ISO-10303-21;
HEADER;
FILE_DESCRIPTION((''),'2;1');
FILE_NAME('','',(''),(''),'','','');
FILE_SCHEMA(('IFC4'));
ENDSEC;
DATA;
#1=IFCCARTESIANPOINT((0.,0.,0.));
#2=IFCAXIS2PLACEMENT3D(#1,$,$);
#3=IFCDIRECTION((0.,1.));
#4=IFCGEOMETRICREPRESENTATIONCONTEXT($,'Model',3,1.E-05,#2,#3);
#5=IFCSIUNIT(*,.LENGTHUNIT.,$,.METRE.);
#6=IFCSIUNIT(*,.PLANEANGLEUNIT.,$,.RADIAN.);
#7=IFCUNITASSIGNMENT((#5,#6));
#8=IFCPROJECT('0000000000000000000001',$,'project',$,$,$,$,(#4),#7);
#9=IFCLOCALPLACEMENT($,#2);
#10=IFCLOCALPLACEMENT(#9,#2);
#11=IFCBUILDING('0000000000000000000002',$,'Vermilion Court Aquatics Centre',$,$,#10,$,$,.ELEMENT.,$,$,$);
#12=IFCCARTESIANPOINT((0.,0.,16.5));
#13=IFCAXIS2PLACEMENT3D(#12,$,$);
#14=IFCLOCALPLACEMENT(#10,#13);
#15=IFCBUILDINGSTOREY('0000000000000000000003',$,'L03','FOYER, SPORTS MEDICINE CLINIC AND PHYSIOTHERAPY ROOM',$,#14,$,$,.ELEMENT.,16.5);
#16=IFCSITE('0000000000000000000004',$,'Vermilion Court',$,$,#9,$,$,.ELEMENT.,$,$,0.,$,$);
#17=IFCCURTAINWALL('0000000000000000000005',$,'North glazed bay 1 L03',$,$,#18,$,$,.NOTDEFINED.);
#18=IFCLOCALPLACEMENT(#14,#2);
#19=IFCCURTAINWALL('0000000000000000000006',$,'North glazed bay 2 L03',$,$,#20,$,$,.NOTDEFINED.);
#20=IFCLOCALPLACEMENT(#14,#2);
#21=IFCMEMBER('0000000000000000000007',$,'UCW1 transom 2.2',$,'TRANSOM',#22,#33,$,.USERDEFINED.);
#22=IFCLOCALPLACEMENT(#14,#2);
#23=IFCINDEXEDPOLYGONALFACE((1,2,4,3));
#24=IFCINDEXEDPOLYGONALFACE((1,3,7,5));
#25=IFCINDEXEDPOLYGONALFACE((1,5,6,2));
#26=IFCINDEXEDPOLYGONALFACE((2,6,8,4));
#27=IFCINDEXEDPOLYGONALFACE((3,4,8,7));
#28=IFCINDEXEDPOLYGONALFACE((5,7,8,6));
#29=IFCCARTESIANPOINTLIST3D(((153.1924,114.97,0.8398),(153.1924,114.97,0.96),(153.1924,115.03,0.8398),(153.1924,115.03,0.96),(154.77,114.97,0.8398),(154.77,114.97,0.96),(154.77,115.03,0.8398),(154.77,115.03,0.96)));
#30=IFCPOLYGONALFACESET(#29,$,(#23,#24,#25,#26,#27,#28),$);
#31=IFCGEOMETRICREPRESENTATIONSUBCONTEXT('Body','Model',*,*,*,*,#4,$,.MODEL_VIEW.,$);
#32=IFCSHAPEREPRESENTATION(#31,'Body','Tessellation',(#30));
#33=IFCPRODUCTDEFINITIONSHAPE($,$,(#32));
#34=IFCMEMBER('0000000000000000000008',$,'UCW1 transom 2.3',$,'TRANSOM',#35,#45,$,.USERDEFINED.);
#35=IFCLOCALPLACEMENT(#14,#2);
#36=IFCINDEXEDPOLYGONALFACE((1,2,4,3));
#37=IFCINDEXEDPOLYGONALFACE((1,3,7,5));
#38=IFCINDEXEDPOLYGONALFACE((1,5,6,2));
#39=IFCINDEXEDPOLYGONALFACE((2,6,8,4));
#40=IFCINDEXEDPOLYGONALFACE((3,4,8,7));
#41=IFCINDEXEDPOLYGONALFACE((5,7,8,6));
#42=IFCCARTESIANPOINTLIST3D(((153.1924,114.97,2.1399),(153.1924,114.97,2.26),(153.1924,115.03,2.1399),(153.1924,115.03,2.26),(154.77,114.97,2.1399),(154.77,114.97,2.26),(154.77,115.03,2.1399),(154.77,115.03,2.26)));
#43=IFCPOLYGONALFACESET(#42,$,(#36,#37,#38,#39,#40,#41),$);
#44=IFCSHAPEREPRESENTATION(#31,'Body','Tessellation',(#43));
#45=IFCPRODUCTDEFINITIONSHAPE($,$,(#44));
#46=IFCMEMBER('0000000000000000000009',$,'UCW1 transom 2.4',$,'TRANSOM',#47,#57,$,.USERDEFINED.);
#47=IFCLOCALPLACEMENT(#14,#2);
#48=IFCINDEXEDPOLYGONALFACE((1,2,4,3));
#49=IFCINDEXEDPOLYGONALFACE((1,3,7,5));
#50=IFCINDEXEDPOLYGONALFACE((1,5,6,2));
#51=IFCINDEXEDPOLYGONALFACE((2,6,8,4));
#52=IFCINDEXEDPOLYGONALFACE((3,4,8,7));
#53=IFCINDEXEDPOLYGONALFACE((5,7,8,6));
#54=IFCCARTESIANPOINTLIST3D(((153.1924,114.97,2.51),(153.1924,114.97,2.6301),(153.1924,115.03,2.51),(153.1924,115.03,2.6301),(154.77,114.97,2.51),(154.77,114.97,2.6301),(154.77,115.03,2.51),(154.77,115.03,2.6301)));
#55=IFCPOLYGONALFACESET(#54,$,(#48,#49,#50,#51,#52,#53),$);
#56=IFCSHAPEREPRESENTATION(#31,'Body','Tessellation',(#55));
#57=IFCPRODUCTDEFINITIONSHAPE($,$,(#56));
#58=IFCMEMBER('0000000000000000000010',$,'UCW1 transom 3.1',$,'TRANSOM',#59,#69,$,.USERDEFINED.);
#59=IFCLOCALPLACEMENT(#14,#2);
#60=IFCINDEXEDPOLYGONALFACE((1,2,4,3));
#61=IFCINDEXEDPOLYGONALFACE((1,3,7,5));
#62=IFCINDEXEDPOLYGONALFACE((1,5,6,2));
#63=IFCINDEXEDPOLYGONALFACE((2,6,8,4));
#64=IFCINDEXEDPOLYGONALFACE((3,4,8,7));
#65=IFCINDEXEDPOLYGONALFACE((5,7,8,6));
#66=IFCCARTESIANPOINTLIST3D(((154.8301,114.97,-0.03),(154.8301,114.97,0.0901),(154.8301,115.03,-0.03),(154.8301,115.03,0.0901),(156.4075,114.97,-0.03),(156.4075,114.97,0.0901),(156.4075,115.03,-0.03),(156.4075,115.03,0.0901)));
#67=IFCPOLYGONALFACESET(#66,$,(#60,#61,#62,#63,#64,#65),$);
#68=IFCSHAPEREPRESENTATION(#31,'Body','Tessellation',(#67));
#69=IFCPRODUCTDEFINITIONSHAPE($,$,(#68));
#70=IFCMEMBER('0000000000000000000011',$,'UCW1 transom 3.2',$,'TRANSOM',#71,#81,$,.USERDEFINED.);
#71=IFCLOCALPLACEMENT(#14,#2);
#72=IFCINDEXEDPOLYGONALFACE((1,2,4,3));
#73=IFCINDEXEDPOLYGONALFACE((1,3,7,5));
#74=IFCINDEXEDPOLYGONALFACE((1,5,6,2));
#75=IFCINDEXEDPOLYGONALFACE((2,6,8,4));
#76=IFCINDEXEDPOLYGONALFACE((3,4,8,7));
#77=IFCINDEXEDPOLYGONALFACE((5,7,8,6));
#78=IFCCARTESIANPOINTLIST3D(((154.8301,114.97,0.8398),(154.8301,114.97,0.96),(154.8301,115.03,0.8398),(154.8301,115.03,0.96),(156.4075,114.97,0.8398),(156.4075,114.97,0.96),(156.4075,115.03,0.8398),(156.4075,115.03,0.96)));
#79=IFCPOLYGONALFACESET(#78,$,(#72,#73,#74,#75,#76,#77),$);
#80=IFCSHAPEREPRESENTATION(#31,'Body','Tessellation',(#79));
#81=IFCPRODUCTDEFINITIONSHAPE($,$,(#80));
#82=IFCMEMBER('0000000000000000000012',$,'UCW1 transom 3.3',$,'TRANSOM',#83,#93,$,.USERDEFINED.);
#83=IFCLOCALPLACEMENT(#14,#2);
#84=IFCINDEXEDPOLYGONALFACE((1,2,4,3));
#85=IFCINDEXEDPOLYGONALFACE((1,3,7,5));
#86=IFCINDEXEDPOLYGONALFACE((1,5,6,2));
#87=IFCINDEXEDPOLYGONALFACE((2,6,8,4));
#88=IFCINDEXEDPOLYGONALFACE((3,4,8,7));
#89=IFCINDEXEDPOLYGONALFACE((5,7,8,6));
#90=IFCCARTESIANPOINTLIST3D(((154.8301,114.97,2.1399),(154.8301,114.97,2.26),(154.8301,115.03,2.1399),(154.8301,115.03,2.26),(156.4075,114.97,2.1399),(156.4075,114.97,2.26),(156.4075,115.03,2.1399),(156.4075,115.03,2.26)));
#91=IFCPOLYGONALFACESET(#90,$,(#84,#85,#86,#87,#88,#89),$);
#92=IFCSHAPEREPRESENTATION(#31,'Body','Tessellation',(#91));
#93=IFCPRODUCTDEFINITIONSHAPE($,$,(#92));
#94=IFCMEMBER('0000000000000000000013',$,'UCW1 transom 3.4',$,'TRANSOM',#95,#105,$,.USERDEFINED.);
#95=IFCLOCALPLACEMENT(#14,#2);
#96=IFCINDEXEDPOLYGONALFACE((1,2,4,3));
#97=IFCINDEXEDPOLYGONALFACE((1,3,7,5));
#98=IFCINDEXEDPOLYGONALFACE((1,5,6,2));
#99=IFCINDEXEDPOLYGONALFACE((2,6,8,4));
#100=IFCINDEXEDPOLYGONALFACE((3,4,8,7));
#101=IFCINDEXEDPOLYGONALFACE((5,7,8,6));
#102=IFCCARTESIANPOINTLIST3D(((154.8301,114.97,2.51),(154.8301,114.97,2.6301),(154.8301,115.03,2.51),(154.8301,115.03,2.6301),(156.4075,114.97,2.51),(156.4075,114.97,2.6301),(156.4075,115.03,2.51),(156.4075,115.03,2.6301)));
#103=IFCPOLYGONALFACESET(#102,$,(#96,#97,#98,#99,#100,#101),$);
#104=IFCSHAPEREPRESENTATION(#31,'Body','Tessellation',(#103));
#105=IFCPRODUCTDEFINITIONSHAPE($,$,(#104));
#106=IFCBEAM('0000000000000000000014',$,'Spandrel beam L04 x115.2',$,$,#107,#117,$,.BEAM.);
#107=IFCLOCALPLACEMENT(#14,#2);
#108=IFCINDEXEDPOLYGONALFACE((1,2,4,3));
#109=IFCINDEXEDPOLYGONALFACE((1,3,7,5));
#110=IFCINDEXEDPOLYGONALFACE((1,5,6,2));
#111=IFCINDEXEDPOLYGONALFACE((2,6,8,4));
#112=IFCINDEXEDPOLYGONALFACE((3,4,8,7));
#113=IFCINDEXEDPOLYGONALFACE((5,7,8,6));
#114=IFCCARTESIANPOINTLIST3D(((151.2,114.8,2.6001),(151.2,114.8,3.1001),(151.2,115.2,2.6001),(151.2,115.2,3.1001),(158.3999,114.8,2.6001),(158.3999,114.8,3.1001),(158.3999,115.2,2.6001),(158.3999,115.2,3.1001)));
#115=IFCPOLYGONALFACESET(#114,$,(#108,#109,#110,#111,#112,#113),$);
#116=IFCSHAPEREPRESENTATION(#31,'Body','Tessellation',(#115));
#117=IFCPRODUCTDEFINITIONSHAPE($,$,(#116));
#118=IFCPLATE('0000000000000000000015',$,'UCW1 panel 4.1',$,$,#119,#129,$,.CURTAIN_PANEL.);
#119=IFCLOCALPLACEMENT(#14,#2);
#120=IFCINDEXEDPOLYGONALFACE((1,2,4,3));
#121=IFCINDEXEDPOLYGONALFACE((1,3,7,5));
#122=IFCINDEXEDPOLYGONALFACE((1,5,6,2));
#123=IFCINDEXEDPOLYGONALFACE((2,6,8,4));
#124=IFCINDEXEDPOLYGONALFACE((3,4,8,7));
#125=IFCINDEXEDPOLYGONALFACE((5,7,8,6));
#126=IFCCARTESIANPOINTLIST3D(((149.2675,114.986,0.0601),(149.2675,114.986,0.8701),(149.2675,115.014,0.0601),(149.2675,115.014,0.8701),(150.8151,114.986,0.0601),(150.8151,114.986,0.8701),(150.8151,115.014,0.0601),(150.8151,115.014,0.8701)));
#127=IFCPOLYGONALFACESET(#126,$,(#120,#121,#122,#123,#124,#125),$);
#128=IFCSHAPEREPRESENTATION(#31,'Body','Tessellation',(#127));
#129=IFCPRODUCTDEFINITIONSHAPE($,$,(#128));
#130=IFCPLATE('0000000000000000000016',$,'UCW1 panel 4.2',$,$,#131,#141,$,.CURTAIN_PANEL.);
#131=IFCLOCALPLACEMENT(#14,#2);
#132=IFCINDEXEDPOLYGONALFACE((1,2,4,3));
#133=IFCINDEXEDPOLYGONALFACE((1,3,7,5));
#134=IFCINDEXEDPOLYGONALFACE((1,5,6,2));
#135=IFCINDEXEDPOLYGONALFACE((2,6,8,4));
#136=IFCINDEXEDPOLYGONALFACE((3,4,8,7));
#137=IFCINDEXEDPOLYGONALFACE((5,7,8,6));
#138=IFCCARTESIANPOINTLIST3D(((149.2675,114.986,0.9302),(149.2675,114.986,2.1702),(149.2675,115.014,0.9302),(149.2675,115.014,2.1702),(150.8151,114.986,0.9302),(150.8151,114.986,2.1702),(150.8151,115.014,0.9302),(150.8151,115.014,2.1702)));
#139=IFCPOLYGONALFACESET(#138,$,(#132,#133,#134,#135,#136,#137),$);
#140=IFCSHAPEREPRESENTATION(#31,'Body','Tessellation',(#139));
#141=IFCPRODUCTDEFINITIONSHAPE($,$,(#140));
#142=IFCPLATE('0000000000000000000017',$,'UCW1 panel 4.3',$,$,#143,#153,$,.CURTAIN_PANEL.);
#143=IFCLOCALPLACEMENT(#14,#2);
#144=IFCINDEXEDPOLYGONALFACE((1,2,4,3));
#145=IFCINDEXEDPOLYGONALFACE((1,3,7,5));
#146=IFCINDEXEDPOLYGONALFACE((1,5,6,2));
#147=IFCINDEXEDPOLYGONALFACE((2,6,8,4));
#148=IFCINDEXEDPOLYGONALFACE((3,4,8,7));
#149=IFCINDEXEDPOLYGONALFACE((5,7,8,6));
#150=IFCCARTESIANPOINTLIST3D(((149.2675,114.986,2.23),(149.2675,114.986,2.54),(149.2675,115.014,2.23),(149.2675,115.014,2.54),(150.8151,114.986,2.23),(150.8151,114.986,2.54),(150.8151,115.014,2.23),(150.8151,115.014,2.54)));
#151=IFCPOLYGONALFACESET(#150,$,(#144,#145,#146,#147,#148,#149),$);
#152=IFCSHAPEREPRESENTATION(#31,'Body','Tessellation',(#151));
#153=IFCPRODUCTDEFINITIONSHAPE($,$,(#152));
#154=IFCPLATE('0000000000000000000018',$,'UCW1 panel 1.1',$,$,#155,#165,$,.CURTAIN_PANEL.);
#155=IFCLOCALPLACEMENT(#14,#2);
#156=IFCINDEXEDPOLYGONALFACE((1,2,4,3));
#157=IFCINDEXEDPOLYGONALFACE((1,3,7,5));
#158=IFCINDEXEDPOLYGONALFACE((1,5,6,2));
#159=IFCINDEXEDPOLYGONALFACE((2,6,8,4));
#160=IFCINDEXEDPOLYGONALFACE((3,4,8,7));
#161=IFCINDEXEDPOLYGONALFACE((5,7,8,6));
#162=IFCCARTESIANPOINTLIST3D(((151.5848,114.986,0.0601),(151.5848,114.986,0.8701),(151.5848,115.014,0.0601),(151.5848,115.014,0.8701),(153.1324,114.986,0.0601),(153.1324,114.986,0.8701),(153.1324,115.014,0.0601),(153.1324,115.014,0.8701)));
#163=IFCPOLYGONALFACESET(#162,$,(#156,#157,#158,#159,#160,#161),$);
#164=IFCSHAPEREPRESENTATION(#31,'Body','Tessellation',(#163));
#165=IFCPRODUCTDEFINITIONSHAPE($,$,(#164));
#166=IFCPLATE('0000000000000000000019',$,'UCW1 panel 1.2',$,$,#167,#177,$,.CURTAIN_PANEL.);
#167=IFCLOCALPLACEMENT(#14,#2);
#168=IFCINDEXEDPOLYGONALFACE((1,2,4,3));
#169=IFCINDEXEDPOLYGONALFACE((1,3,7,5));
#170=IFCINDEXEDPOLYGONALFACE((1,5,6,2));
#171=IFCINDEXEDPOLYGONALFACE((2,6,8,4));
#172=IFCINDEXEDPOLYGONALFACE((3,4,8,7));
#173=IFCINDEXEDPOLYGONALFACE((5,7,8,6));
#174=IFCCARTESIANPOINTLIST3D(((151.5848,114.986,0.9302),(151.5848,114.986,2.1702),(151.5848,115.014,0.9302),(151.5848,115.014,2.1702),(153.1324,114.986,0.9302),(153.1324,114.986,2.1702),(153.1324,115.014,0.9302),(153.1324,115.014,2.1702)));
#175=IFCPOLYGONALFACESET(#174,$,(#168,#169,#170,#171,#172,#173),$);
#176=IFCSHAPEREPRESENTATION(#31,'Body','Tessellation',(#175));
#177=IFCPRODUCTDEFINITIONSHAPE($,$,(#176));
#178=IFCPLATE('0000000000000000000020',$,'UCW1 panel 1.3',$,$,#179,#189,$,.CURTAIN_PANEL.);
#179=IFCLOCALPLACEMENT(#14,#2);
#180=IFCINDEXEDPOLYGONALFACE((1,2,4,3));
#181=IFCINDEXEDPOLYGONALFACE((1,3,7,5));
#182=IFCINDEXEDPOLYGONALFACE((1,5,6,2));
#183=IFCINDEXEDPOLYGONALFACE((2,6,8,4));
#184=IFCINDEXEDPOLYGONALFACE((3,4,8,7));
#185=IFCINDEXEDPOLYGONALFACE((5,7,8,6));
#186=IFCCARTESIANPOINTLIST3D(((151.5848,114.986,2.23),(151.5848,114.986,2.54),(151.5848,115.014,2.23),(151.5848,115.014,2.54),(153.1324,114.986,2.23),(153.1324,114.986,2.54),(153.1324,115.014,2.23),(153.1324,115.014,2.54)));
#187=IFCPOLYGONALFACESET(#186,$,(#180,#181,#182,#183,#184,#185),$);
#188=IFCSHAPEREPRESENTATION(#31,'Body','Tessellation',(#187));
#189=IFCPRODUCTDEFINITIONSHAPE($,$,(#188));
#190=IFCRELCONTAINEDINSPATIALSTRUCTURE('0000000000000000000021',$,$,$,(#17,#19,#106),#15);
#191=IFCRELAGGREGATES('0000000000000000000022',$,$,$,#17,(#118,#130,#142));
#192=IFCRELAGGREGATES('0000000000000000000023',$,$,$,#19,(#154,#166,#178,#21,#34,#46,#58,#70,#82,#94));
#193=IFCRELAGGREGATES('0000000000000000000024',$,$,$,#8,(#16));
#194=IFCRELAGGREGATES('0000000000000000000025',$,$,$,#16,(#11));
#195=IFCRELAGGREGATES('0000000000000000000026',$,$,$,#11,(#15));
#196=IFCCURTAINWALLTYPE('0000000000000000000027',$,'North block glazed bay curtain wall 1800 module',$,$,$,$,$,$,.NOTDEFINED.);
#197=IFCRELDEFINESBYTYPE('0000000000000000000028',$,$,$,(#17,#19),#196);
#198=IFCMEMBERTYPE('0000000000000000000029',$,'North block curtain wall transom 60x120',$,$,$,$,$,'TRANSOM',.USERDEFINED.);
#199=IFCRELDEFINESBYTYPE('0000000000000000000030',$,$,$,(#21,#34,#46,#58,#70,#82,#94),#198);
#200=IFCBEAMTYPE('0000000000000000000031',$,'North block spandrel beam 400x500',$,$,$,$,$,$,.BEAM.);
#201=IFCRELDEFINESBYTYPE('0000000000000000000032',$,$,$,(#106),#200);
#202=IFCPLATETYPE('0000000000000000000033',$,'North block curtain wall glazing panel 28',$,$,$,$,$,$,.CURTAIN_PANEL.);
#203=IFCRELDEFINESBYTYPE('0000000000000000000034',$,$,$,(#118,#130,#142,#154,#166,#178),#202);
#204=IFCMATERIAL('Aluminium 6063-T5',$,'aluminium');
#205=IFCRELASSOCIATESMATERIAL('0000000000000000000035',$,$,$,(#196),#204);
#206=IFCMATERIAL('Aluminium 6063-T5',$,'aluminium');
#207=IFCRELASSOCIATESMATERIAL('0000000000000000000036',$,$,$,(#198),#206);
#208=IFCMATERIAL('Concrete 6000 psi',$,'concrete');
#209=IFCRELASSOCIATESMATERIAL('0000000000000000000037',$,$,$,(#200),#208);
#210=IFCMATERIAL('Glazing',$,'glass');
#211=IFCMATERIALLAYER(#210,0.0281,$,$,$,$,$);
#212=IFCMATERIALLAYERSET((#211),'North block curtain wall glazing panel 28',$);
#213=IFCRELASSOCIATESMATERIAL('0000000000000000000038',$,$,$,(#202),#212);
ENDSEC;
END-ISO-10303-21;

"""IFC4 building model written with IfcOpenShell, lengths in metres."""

from ifc_helpers import new_model, si_unit, direction, frame, origin, origin_2d, place, context, subcontext, project, spatial, rectangle, extrude, material, layer, layer_set, material_profile, profile_set, type_object, element, aggregate, save


model = new_model("IFC4")

# Units and contexts
model_context = context("Model", 3, precision=1e-05, world=origin(), true_north=direction((0.0, 1.0)))
body_context = subcontext(model_context, "Body", "Model", "MODEL_VIEW")
ifc_project = project(units=[si_unit("LENGTHUNIT", "METRE"), si_unit("PLANEANGLEUNIT", "RADIAN")], contexts=[model_context])

# Site, building, storey
site_placement = place(None, origin())
site = spatial("IfcSite", under=ifc_project, at=site_placement, Name="Vermilion Court", CompositionType="ELEMENT", RefElevation=0.0)
building_placement = place(site_placement, origin())
building = spatial("IfcBuilding", under=site, at=building_placement, Name="Vermilion Court Aquatics Centre", CompositionType="ELEMENT")
storey_placement = place(building_placement, frame((0.0, 0.0, 16.5)))
storey = spatial("IfcBuildingStorey", under=building, at=storey_placement, Name="L03", Description="FOYER, SPORTS MEDICINE CLINIC AND PHYSIOTHERAPY ROOM", CompositionType="ELEMENT", Elevation=16.5)

# Curtain wall
ifc_material_1 = material(Name="Aluminium 6063-T5", Category="aluminium")
curtain_wall_type = type_object("IfcCurtainWallType", Name="North block glazed bay curtain wall 1800 module", PredefinedType="NOTDEFINED", material=ifc_material_1)
curtain_wall_1_placement = place(storey_placement, origin())
curtain_wall_1 = element("IfcCurtainWall", 1, at=curtain_wall_1_placement, inside=storey, type_object=curtain_wall_type, Name="North glazed bay 1 L03", PredefinedType="NOTDEFINED")

# Curtain wall
curtain_wall_2_placement = place(storey_placement, origin())
curtain_wall_2 = element("IfcCurtainWall", 2, at=curtain_wall_2_placement, inside=storey, type_object=curtain_wall_type, Name="North glazed bay 2 L03", PredefinedType="NOTDEFINED")

# Members
ifc_material_2 = material(Name="Aluminium 6063-T5", Category="aluminium")
ifc_material_profile_1 = material_profile(ifc_material_2, rectangle(XDim=0.0601, YDim=0.1201, at=origin_2d()), Name="AL 60x120")
ifc_profile_set_1 = profile_set([ifc_material_profile_1], Name="Aluminium 6063-T5")
member_type_1 = type_object("IfcMemberType", Name="North block curtain wall transom 60x120", ElementType="TRANSOM", PredefinedType="USERDEFINED", material=ifc_profile_set_1)
member_1_placement = place(storey_placement, frame((153.1924, 115.0, 0.8999), z_axis=(1.0, 0.0, 0.0), x_axis=(0.0, 1.0, 0.0)))
member_1 = element("IfcMember", 3, at=member_1_placement, type_object=member_type_1, Name="UCW1 transom 2.2", ObjectType="TRANSOM", PredefinedType="USERDEFINED", context=body_context, shape_type="SweptSolid", body=[
    extrude(rectangle(XDim=0.0601, YDim=0.1201, at=origin_2d()), origin(), (0.0, 0.0, 1.0), 1.5776),
])
member_2_placement = place(storey_placement, frame((153.1924, 115.0, 2.2), z_axis=(1.0, 0.0, 0.0), x_axis=(0.0, 1.0, 0.0)))
member_2 = element("IfcMember", 4, at=member_2_placement, type_object=member_type_1, Name="UCW1 transom 2.3", ObjectType="TRANSOM", PredefinedType="USERDEFINED", context=body_context, shape_type="SweptSolid", body=[
    extrude(rectangle(XDim=0.0601, YDim=0.1201, at=origin_2d()), origin(), (0.0, 0.0, 1.0), 1.5776),
])
member_3_placement = place(storey_placement, frame((153.1924, 115.0, 2.5701), z_axis=(1.0, 0.0, 0.0), x_axis=(0.0, 1.0, 0.0)))
member_3 = element("IfcMember", 5, at=member_3_placement, type_object=member_type_1, Name="UCW1 transom 2.4", ObjectType="TRANSOM", PredefinedType="USERDEFINED", context=body_context, shape_type="SweptSolid", body=[
    extrude(rectangle(XDim=0.0601, YDim=0.1201, at=origin_2d()), origin(), (0.0, 0.0, 1.0), 1.5776),
])
member_4_placement = place(storey_placement, frame((154.8301, 115.0, 0.03), z_axis=(1.0, 0.0, 0.0), x_axis=(0.0, 1.0, 0.0)))
member_4 = element("IfcMember", 6, at=member_4_placement, type_object=member_type_1, Name="UCW1 transom 3.1", ObjectType="TRANSOM", PredefinedType="USERDEFINED", context=body_context, shape_type="SweptSolid", body=[
    extrude(rectangle(XDim=0.0601, YDim=0.1201, at=origin_2d()), origin(), (0.0, 0.0, 1.0), 1.5774),
])
member_5_placement = place(storey_placement, frame((154.8301, 115.0, 0.8999), z_axis=(1.0, 0.0, 0.0), x_axis=(0.0, 1.0, 0.0)))
member_5 = element("IfcMember", 7, at=member_5_placement, type_object=member_type_1, Name="UCW1 transom 3.2", ObjectType="TRANSOM", PredefinedType="USERDEFINED", context=body_context, shape_type="SweptSolid", body=[
    extrude(rectangle(XDim=0.0601, YDim=0.1201, at=origin_2d()), origin(), (0.0, 0.0, 1.0), 1.5774),
])
member_6_placement = place(storey_placement, frame((154.8301, 115.0, 2.2), z_axis=(1.0, 0.0, 0.0), x_axis=(0.0, 1.0, 0.0)))
member_6 = element("IfcMember", 8, at=member_6_placement, type_object=member_type_1, Name="UCW1 transom 3.3", ObjectType="TRANSOM", PredefinedType="USERDEFINED", context=body_context, shape_type="SweptSolid", body=[
    extrude(rectangle(XDim=0.0601, YDim=0.1201, at=origin_2d()), origin(), (0.0, 0.0, 1.0), 1.5774),
])
member_7_placement = place(storey_placement, frame((154.8301, 115.0, 2.5701), z_axis=(1.0, 0.0, 0.0), x_axis=(0.0, 1.0, 0.0)))
member_7 = element("IfcMember", 9, at=member_7_placement, type_object=member_type_1, Name="UCW1 transom 3.4", ObjectType="TRANSOM", PredefinedType="USERDEFINED", context=body_context, shape_type="SweptSolid", body=[
    extrude(rectangle(XDim=0.0601, YDim=0.1201, at=origin_2d()), origin(), (0.0, 0.0, 1.0), 1.5774),
])

# Beam
ifc_material_3 = material(Name="Concrete 6000 psi", Category="concrete")
ifc_material_profile_2 = material_profile(ifc_material_3, rectangle(XDim=0.3999, YDim=0.5, at=origin_2d()), Name="RC 400x500")
ifc_profile_set_2 = profile_set([ifc_material_profile_2], Name="Concrete 6000 psi")
beam_type = type_object("IfcBeamType", Name="North block spandrel beam 400x500", PredefinedType="BEAM", material=ifc_profile_set_2)
beam_placement = place(storey_placement, frame((151.2, 115.0, 2.8501), z_axis=(1.0, 0.0, 0.0), x_axis=(0.0, 1.0, 0.0)))
element("IfcBeam", 10, at=beam_placement, inside=storey, type_object=beam_type, Name="Spandrel beam L04 x115.2", PredefinedType="BEAM", context=body_context, shape_type="SweptSolid", body=[
    extrude(rectangle(XDim=0.3999, YDim=0.5, at=origin_2d()), origin(), (0.0, 0.0, 1.0), 7.2),
])

# Plates
ifc_material_4 = material(Name="Glazing", Category="glass")
ifc_layer = layer(ifc_material_4, 0.0281)
ifc_layer_set = layer_set([ifc_layer], Name="North block curtain wall glazing panel 28")
plate_type = type_object("IfcPlateType", Name="North block curtain wall glazing panel 28", PredefinedType="CURTAIN_PANEL", material=ifc_layer_set)
plate_1_placement = place(storey_placement, frame((150.0413, 115.0, 0.0601), z_axis=(0.0, 0.0, 1.0), x_axis=(1.0, 0.0, 0.0)))
plate_1 = element("IfcPlate", 11, at=plate_1_placement, type_object=plate_type, Name="UCW1 panel 4.1", PredefinedType="CURTAIN_PANEL", context=body_context, shape_type="SweptSolid", body=[
    extrude(rectangle(XDim=1.5476, YDim=0.0281, at=origin_2d()), origin(), (0.0, 0.0, 1.0), 0.8101),
])
plate_2_placement = place(storey_placement, frame((150.0413, 115.0, 0.9302), z_axis=(0.0, 0.0, 1.0), x_axis=(1.0, 0.0, 0.0)))
plate_2 = element("IfcPlate", 12, at=plate_2_placement, type_object=plate_type, Name="UCW1 panel 4.2", PredefinedType="CURTAIN_PANEL", context=body_context, shape_type="SweptSolid", body=[
    extrude(rectangle(XDim=1.5476, YDim=0.0281, at=origin_2d()), origin(), (0.0, 0.0, 1.0), 1.24),
])
plate_3_placement = place(storey_placement, frame((150.0413, 115.0, 2.23), z_axis=(0.0, 0.0, 1.0), x_axis=(1.0, 0.0, 0.0)))
plate_3 = element("IfcPlate", 13, at=plate_3_placement, type_object=plate_type, Name="UCW1 panel 4.3", PredefinedType="CURTAIN_PANEL", context=body_context, shape_type="SweptSolid", body=[
    extrude(rectangle(XDim=1.5476, YDim=0.0281, at=origin_2d()), origin(), (0.0, 0.0, 1.0), 0.3101),
])
aggregate(curtain_wall_1, [plate_1, plate_2, plate_3])
plate_4_placement = place(storey_placement, frame((152.3586, 115.0, 0.0601), z_axis=(0.0, 0.0, 1.0), x_axis=(1.0, 0.0, 0.0)))
plate_4 = element("IfcPlate", 14, at=plate_4_placement, type_object=plate_type, Name="UCW1 panel 1.1", PredefinedType="CURTAIN_PANEL", context=body_context, shape_type="SweptSolid", body=[
    extrude(rectangle(XDim=1.5476, YDim=0.0281, at=origin_2d()), origin(), (0.0, 0.0, 1.0), 0.8101),
])
plate_5_placement = place(storey_placement, frame((152.3586, 115.0, 0.9302), z_axis=(0.0, 0.0, 1.0), x_axis=(1.0, 0.0, 0.0)))
plate_5 = element("IfcPlate", 15, at=plate_5_placement, type_object=plate_type, Name="UCW1 panel 1.2", PredefinedType="CURTAIN_PANEL", context=body_context, shape_type="SweptSolid", body=[
    extrude(rectangle(XDim=1.5476, YDim=0.0281, at=origin_2d()), origin(), (0.0, 0.0, 1.0), 1.24),
])
plate_6_placement = place(storey_placement, frame((152.3586, 115.0, 2.23), z_axis=(0.0, 0.0, 1.0), x_axis=(1.0, 0.0, 0.0)))
plate_6 = element("IfcPlate", 16, at=plate_6_placement, type_object=plate_type, Name="UCW1 panel 1.3", PredefinedType="CURTAIN_PANEL", context=body_context, shape_type="SweptSolid", body=[
    extrude(rectangle(XDim=1.5476, YDim=0.0281, at=origin_2d()), origin(), (0.0, 0.0, 1.0), 0.3101),
])
aggregate(curtain_wall_2, [plate_4, plate_5, plate_6, member_1, member_2, member_3, member_4, member_5, member_6, member_7])

save(model, "model.ifc")
